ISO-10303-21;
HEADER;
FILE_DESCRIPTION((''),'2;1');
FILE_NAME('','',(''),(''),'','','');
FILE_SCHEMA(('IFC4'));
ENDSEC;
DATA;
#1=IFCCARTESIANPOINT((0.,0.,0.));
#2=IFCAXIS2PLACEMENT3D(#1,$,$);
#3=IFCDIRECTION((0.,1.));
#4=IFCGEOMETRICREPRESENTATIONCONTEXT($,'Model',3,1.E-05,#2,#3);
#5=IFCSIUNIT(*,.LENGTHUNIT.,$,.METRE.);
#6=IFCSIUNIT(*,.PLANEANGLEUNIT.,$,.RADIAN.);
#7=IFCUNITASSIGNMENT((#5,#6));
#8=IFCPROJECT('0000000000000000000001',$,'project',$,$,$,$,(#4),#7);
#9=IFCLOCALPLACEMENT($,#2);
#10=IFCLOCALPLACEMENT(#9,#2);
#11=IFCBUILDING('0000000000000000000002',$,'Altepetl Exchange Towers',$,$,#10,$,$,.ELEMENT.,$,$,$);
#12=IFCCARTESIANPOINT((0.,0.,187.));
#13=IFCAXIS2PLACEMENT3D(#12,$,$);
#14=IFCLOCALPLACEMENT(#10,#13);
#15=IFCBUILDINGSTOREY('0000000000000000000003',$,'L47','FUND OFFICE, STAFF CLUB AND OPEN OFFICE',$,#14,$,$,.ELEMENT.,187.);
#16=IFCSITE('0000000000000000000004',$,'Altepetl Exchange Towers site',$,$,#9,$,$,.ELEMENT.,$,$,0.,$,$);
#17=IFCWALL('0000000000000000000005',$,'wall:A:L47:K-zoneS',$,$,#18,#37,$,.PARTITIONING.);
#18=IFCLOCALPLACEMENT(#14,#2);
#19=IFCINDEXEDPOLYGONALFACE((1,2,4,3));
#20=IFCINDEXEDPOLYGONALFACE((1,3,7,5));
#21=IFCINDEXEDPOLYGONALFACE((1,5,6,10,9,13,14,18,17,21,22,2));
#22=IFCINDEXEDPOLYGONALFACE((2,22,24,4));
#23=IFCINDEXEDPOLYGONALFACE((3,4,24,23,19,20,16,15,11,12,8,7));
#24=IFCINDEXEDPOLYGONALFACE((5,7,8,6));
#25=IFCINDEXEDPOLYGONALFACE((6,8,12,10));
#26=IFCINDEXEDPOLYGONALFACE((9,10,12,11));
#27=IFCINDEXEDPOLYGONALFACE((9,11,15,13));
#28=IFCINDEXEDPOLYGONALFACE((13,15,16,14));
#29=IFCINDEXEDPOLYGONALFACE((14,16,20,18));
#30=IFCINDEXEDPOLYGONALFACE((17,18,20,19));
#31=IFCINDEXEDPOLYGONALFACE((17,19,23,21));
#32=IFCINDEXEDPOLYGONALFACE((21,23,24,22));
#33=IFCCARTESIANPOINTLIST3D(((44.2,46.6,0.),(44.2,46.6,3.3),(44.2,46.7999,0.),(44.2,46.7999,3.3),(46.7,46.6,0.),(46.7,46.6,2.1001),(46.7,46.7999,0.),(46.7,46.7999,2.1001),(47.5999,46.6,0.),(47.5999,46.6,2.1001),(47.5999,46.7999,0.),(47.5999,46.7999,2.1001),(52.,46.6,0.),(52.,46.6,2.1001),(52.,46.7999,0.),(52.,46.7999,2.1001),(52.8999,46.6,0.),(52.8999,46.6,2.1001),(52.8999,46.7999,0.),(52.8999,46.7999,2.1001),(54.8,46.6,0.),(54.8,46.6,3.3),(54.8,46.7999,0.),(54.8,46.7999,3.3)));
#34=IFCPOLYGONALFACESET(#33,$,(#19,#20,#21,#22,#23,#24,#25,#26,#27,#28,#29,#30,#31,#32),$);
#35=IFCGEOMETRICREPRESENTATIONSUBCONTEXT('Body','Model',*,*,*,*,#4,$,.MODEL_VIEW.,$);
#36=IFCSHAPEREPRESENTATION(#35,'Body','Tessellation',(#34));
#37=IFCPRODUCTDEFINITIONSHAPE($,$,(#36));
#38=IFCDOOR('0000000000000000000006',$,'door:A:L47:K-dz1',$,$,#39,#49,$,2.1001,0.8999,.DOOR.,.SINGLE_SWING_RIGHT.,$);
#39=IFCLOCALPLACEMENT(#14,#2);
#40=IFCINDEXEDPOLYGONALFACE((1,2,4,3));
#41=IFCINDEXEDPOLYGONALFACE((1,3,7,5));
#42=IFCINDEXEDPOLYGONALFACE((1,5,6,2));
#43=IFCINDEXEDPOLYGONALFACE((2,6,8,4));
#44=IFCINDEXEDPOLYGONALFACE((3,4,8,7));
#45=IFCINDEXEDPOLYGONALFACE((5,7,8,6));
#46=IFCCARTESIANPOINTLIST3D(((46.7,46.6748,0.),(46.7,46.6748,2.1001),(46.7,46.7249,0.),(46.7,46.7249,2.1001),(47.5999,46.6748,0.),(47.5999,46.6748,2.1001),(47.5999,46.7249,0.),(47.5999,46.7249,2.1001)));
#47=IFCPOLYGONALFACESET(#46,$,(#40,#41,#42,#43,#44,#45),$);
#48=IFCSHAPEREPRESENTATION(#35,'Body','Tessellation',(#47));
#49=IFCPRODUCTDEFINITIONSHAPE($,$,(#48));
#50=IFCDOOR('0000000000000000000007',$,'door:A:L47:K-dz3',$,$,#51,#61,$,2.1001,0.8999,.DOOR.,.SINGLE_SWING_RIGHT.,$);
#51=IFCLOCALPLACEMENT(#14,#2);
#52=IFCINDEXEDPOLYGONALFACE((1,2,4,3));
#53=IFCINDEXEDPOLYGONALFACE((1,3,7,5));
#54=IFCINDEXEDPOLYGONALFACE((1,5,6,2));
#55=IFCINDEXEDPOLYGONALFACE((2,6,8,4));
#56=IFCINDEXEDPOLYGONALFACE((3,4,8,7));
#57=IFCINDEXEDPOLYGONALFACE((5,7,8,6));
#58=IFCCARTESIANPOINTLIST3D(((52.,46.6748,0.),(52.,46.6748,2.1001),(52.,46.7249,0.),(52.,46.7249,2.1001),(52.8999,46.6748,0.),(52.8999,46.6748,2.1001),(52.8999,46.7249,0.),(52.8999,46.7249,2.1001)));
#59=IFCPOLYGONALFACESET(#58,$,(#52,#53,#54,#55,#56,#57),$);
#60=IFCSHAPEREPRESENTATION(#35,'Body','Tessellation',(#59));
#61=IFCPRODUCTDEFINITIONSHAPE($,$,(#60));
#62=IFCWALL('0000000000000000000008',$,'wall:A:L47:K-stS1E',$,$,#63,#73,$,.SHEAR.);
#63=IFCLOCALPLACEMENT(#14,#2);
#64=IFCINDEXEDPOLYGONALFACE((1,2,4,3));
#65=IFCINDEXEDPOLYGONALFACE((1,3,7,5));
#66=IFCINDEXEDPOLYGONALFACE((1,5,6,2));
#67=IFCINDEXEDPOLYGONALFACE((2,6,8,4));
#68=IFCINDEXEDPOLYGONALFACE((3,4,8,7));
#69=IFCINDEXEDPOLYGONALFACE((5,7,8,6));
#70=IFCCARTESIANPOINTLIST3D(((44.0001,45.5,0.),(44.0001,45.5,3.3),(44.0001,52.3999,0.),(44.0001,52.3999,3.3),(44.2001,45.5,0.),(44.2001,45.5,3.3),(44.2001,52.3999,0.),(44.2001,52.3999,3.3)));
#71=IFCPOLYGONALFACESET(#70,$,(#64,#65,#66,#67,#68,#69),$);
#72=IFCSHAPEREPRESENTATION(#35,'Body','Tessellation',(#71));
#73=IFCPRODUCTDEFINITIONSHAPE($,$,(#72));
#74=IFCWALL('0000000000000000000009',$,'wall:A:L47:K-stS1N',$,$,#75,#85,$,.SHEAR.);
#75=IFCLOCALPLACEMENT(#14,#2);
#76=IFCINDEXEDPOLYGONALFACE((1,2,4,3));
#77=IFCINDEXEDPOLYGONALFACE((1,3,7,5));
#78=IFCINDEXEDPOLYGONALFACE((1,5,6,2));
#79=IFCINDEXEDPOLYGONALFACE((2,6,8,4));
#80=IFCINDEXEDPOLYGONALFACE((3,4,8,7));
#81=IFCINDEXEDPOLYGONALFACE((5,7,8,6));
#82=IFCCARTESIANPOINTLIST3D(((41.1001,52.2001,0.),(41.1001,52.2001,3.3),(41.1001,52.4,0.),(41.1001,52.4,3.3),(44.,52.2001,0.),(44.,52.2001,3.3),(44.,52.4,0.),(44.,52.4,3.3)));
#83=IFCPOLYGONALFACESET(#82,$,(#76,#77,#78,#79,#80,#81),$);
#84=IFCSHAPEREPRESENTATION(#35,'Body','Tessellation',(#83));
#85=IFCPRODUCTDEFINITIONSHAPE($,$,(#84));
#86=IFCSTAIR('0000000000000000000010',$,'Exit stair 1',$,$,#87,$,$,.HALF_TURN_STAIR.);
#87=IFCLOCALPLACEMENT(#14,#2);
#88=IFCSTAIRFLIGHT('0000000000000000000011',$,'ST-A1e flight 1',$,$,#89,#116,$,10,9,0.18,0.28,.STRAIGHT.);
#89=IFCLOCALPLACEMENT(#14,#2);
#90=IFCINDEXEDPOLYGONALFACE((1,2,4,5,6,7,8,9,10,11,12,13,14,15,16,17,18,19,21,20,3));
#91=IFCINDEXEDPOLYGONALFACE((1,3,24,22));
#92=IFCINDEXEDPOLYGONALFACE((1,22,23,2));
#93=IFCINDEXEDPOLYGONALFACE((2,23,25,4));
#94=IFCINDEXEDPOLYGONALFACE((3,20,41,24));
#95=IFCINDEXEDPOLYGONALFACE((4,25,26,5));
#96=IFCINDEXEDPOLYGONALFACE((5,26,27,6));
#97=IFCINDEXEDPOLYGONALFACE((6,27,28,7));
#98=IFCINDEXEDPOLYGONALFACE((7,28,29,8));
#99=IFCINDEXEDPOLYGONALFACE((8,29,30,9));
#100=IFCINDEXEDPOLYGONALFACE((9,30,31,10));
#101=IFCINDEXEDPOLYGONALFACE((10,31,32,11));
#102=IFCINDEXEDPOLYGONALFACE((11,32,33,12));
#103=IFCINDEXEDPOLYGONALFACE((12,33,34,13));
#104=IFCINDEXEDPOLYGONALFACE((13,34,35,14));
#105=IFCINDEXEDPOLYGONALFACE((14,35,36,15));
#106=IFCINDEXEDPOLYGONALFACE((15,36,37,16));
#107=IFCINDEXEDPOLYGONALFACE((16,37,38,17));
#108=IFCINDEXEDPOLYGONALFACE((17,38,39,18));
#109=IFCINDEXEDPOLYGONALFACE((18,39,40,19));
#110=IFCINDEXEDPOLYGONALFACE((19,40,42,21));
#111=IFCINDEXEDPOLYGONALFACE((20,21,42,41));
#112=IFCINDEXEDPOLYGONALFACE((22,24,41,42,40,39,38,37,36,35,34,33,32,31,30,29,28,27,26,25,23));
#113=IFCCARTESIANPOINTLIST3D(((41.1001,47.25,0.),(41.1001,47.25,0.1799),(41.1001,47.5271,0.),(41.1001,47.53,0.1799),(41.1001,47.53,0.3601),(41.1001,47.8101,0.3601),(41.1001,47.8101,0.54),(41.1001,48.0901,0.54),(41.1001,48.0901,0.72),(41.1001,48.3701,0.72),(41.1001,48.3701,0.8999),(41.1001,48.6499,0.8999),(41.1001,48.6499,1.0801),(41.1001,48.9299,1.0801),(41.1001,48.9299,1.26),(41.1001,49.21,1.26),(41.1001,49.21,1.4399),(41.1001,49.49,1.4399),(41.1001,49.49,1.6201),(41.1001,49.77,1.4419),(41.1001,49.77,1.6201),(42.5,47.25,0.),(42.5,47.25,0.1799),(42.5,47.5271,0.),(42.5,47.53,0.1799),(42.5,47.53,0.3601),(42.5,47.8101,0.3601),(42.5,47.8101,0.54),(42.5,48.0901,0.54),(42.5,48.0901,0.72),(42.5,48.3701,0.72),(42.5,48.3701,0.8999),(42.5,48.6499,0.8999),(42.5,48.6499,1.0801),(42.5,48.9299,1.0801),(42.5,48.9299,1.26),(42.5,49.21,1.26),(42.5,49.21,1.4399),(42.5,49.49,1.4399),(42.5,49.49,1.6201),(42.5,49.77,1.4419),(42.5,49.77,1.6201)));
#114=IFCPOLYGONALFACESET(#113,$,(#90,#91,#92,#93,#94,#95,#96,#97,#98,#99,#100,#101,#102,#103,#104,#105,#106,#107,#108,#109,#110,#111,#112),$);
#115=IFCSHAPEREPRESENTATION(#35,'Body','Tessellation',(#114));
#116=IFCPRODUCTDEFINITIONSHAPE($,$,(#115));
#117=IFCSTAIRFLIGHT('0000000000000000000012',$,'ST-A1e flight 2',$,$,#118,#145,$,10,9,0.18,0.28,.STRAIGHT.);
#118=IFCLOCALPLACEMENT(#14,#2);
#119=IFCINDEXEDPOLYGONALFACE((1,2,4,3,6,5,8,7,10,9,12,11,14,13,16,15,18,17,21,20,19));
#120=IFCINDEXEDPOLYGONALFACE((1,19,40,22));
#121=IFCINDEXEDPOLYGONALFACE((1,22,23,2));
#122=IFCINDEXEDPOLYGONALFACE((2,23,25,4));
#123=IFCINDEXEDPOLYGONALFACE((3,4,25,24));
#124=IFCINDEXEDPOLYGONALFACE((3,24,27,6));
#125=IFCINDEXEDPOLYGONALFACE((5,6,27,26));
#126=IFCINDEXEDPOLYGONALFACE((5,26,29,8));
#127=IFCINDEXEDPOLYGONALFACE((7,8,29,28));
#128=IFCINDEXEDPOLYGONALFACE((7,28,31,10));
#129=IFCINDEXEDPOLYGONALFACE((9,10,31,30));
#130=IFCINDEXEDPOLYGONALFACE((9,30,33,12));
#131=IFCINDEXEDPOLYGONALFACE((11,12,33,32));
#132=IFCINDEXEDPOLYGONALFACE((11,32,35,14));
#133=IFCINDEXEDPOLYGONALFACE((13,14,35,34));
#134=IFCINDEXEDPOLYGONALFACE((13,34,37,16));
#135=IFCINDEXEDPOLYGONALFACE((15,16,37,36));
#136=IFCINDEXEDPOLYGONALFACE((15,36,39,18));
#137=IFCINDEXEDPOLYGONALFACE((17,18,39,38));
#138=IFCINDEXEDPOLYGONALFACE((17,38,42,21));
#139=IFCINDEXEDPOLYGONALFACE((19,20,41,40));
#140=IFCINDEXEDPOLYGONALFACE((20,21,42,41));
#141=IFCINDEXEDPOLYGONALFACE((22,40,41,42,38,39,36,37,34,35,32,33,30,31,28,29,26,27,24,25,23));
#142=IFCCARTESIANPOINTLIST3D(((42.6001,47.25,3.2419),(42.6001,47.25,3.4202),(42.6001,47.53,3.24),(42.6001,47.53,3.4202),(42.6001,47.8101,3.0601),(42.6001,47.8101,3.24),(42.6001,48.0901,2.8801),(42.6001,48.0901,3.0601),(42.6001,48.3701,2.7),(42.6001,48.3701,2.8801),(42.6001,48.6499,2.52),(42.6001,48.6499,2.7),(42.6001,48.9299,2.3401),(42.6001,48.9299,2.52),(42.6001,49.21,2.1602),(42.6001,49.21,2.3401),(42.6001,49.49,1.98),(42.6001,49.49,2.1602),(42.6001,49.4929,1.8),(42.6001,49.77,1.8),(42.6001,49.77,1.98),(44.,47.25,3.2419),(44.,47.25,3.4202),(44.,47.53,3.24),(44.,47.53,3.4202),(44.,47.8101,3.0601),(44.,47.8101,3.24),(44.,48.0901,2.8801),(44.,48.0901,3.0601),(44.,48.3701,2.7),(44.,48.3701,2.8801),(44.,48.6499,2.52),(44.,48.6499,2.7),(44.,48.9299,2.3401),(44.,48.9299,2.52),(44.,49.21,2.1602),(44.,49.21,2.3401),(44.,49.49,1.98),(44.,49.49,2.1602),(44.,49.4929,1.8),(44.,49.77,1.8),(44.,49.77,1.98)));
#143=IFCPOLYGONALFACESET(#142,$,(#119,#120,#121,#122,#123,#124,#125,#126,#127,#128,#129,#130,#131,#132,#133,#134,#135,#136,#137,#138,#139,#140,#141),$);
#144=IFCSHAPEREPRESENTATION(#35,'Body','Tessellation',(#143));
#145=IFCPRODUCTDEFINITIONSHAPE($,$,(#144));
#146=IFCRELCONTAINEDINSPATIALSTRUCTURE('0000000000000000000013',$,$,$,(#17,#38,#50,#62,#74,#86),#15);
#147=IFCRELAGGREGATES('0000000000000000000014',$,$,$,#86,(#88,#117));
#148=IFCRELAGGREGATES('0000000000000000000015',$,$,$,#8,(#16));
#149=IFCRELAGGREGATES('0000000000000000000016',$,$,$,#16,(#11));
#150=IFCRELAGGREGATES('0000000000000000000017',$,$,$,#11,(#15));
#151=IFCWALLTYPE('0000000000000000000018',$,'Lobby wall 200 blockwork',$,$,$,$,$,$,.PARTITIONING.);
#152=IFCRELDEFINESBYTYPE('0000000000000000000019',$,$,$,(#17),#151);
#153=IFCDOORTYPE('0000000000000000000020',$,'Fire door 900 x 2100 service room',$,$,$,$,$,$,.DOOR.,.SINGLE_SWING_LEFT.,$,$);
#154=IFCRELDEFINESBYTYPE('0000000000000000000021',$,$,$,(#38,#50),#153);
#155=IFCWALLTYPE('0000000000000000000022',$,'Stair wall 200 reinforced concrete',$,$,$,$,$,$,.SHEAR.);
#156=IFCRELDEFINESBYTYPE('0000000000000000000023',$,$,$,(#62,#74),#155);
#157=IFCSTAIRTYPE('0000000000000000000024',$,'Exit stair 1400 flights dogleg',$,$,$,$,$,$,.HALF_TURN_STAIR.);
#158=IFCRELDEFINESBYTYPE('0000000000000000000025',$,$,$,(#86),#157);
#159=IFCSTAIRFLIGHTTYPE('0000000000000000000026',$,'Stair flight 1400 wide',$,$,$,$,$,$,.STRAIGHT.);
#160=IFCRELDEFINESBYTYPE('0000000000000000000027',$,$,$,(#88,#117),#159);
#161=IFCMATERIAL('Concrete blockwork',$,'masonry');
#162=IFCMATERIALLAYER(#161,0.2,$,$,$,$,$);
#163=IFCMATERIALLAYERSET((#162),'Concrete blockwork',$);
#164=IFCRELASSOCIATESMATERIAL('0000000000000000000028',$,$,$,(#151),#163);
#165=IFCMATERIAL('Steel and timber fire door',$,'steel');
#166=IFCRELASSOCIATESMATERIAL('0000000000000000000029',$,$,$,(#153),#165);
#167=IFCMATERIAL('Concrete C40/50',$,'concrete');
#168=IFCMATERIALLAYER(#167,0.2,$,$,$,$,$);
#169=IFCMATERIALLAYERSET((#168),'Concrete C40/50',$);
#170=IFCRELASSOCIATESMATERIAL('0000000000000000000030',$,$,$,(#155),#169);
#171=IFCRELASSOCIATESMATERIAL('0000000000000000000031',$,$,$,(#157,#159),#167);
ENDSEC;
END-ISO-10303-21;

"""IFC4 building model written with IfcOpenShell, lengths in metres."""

from ifc_helpers import new_model, si_unit, direction, frame, frame_2d, origin, place, context, subcontext, project, spatial, polyline, rectangle, outline, extrude, material, layer, layer_set, type_object, element, fill, aggregate, save


model = new_model("IFC4")

# Units and contexts
model_context = context("Model", 3, precision=1e-05, world=origin(), true_north=direction((0.0, 1.0)))
body_context = subcontext(model_context, "Body", "Model", "MODEL_VIEW")
ifc_project = project(units=[si_unit("LENGTHUNIT", "METRE"), si_unit("PLANEANGLEUNIT", "RADIAN")], contexts=[model_context])

# Site, building, storey
site_placement = place(None, origin())
site = spatial("IfcSite", under=ifc_project, at=site_placement, Name="Altepetl Exchange Towers site", CompositionType="ELEMENT", RefElevation=0.0)
building_placement = place(site_placement, origin())
building = spatial("IfcBuilding", under=site, at=building_placement, Name="Altepetl Exchange Towers", CompositionType="ELEMENT")
storey_placement = place(building_placement, frame((0.0, 0.0, 187.0)))
storey = spatial("IfcBuildingStorey", under=building, at=storey_placement, Name="L47", Description="FUND OFFICE, STAFF CLUB AND OPEN OFFICE", CompositionType="ELEMENT", Elevation=187.0)

# Shared definitions
ifc_material_1 = material(Name="Concrete blockwork", Category="masonry")
ifc_layer_1 = layer(ifc_material_1, 0.2)
ifc_layer_set_1 = layer_set([ifc_layer_1], Name="Concrete blockwork")
wall_type_1 = type_object("IfcWallType", Name="Lobby wall 200 blockwork", PredefinedType="PARTITIONING", material=ifc_layer_set_1)

# Shared definitions
ifc_material_2 = material(Name="Steel and timber fire door", Category="steel")

# Wall, openings, doors
door_type_1 = type_object("IfcDoorType", Name="Fire door 900 x 2100 service room", OperationType="SINGLE_SWING_LEFT", PredefinedType="DOOR", material=ifc_material_2)
wall_1_placement = place(storey_placement, frame((44.2, 46.7, 0.0)))
wall_1 = element("IfcWall", 1, at=wall_1_placement, inside=storey, type_object=wall_type_1, Name="wall:A:L47:K-zoneS", PredefinedType="PARTITIONING", context=body_context, shape_type="SweptSolid", body=[
    extrude(rectangle(XDim=10.6001, YDim=0.2, at=frame_2d((5.3, 0.0))), origin(), (0.0, 0.0, 1.0), 3.3),
])
opening_1_placement = place(wall_1_placement, frame((2.5, 0.0, 0.0)))
opening_1 = element("IfcOpeningElement", 2, at=opening_1_placement, cuts=wall_1, PredefinedType="OPENING", context=body_context, shape_type="SweptSolid", body=[
    extrude(rectangle(XDim=0.8999, YDim=2.1001, at=frame_2d((0.45, 1.05))), frame((0.0, 0.1099, 0.0), z_axis=(0.0, -1.0, 0.0), x_axis=(1.0, 0.0, 0.0)), (0.0, 0.0, 1.0), 0.22),
])
opening_2_placement = place(wall_1_placement, frame((7.8, 0.0, 0.0)))
opening_2 = element("IfcOpeningElement", 3, at=opening_2_placement, cuts=wall_1, PredefinedType="OPENING", context=body_context, shape_type="SweptSolid", body=[
    extrude(rectangle(XDim=0.8999, YDim=2.1001, at=frame_2d((0.45, 1.05))), frame((0.0, 0.1099, 0.0), z_axis=(0.0, -1.0, 0.0), x_axis=(1.0, 0.0, 0.0)), (0.0, 0.0, 1.0), 0.22),
])
door_1_placement = place(opening_1_placement, origin())
door_1 = element("IfcDoor", 4, at=door_1_placement, inside=storey, type_object=door_type_1, Name="door:A:L47:K-dz1", OperationType="SINGLE_SWING_RIGHT", OverallHeight=2.1001, OverallWidth=0.8999, PredefinedType="DOOR", context=body_context, shape_type="SweptSolid", body=[
    extrude(rectangle(XDim=0.8999, YDim=2.1001, at=frame_2d((0.45, 1.05))), frame((0.0, 0.0249, 0.0), z_axis=(0.0, -1.0, 0.0), x_axis=(1.0, 0.0, 0.0)), (0.0, 0.0, 1.0), 0.05),
])
fill(opening_1, door_1)
door_2_placement = place(opening_2_placement, origin())
door_2 = element("IfcDoor", 5, at=door_2_placement, inside=storey, type_object=door_type_1, Name="door:A:L47:K-dz3", OperationType="SINGLE_SWING_RIGHT", OverallHeight=2.1001, OverallWidth=0.8999, PredefinedType="DOOR", context=body_context, shape_type="SweptSolid", body=[
    extrude(rectangle(XDim=0.8999, YDim=2.1001, at=frame_2d((0.45, 1.05))), frame((0.0, 0.0249, 0.0), z_axis=(0.0, -1.0, 0.0), x_axis=(1.0, 0.0, 0.0)), (0.0, 0.0, 1.0), 0.05),
])
fill(opening_2, door_2)

# Walls
ifc_material_3 = material(Name="Concrete C40/50", Category="concrete")
ifc_layer_2 = layer(ifc_material_3, 0.2)
ifc_layer_set_2 = layer_set([ifc_layer_2], Name="Concrete C40/50")
wall_type_2 = type_object("IfcWallType", Name="Stair wall 200 reinforced concrete", PredefinedType="SHEAR", material=ifc_layer_set_2)
wall_2_placement = place(storey_placement, frame((44.1001, 45.5, 0.0), z_axis=(0.0, 0.0, 1.0), x_axis=(0.0, 1.0, 0.0)))
element("IfcWall", 6, at=wall_2_placement, inside=storey, type_object=wall_type_2, Name="wall:A:L47:K-stS1E", PredefinedType="SHEAR", context=body_context, shape_type="SweptSolid", body=[
    extrude(rectangle(XDim=6.8999, YDim=0.2, at=frame_2d((3.45, 0.0))), origin(), (0.0, 0.0, 1.0), 3.3),
])
wall_3_placement = place(storey_placement, frame((41.1001, 52.3, 0.0)))
element("IfcWall", 7, at=wall_3_placement, inside=storey, type_object=wall_type_2, Name="wall:A:L47:K-stS1N", PredefinedType="SHEAR", context=body_context, shape_type="SweptSolid", body=[
    extrude(rectangle(XDim=2.8999, YDim=0.2, at=frame_2d((1.45, 0.0))), origin(), (0.0, 0.0, 1.0), 3.3),
])

# Stair, stair flights
stair_type = type_object("IfcStairType", Name="Exit stair 1400 flights dogleg", PredefinedType="HALF_TURN_STAIR", material=ifc_material_3)
stair_placement = place(storey_placement, origin())
stair = element("IfcStair", 8, at=stair_placement, inside=storey, type_object=stair_type, Name="Exit stair 1", PredefinedType="HALF_TURN_STAIR")
stair_flight_type = type_object("IfcStairFlightType", Name="Stair flight 1400 wide", PredefinedType="STRAIGHT", material=ifc_material_3)
stair_flight_1_placement = place(storey_placement, frame((41.8, 47.25, 0.0), z_axis=(0.0, 0.0, 1.0), x_axis=(0.0, 1.0, 0.0)))
stair_flight_1 = element("IfcStairFlight", 9, at=stair_flight_1_placement, type_object=stair_flight_type, Name="ST-A1e flight 1", NumberOfRisers=10, NumberOfTreads=9, PredefinedType="STRAIGHT", RiserHeight=0.18, TreadLength=0.28, context=body_context, shape_type="SweptSolid", body=[
    extrude(outline(polyline([(0.0, 0.0), (0.0, 0.1799), (0.28, 0.1799), (0.28, 0.3601), (0.5601, 0.3601), (0.5601, 0.54), (0.8401, 0.54), (0.8401, 0.72), (1.1201, 0.72), (1.1201, 0.8999), (1.3999, 0.8999), (1.3999, 1.0801), (1.6799, 1.0801), (1.6799, 1.26), (1.96, 1.26), (1.96, 1.4399), (2.24, 1.4399), (2.24, 1.6201), (2.52, 1.6201), (2.52, 1.8), (2.52, 1.4419), (0.2771, 0.0), (0.0, 0.0)])), frame((0.0, 0.7, 0.0), z_axis=(0.0, -1.0, 0.0), x_axis=(1.0, 0.0, 0.0)), (0.0, 0.0, 1.0), 1.3999),
])
stair_flight_2_placement = place(storey_placement, frame((43.3, 49.77, 1.8), z_axis=(0.0, 0.0, 1.0), x_axis=(0.0, -1.0, 0.0)))
stair_flight_2 = element("IfcStairFlight", 10, at=stair_flight_2_placement, type_object=stair_flight_type, Name="ST-A1e flight 2", NumberOfRisers=10, NumberOfTreads=9, PredefinedType="STRAIGHT", RiserHeight=0.18, TreadLength=0.28, context=body_context, shape_type="SweptSolid", body=[
    extrude(outline(polyline([(0.0, 0.0), (0.0, 0.1799), (0.28, 0.1799), (0.28, 0.3601), (0.5601, 0.3601), (0.5601, 0.54), (0.8401, 0.54), (0.8401, 0.72), (1.1201, 0.72), (1.1201, 0.8999), (1.3999, 0.8999), (1.3999, 1.0801), (1.6799, 1.0801), (1.6799, 1.26), (1.96, 1.26), (1.96, 1.4399), (2.24, 1.4399), (2.24, 1.6201), (2.52, 1.6201), (2.52, 1.8), (2.52, 1.4419), (0.2771, 0.0), (0.0, 0.0)])), frame((0.0, 0.7, 0.0), z_axis=(0.0, -1.0, 0.0), x_axis=(1.0, 0.0, 0.0)), (0.0, 0.0, 1.0), 1.3999),
])
aggregate(stair, [stair_flight_1, stair_flight_2])

save(model, "model.ifc")
